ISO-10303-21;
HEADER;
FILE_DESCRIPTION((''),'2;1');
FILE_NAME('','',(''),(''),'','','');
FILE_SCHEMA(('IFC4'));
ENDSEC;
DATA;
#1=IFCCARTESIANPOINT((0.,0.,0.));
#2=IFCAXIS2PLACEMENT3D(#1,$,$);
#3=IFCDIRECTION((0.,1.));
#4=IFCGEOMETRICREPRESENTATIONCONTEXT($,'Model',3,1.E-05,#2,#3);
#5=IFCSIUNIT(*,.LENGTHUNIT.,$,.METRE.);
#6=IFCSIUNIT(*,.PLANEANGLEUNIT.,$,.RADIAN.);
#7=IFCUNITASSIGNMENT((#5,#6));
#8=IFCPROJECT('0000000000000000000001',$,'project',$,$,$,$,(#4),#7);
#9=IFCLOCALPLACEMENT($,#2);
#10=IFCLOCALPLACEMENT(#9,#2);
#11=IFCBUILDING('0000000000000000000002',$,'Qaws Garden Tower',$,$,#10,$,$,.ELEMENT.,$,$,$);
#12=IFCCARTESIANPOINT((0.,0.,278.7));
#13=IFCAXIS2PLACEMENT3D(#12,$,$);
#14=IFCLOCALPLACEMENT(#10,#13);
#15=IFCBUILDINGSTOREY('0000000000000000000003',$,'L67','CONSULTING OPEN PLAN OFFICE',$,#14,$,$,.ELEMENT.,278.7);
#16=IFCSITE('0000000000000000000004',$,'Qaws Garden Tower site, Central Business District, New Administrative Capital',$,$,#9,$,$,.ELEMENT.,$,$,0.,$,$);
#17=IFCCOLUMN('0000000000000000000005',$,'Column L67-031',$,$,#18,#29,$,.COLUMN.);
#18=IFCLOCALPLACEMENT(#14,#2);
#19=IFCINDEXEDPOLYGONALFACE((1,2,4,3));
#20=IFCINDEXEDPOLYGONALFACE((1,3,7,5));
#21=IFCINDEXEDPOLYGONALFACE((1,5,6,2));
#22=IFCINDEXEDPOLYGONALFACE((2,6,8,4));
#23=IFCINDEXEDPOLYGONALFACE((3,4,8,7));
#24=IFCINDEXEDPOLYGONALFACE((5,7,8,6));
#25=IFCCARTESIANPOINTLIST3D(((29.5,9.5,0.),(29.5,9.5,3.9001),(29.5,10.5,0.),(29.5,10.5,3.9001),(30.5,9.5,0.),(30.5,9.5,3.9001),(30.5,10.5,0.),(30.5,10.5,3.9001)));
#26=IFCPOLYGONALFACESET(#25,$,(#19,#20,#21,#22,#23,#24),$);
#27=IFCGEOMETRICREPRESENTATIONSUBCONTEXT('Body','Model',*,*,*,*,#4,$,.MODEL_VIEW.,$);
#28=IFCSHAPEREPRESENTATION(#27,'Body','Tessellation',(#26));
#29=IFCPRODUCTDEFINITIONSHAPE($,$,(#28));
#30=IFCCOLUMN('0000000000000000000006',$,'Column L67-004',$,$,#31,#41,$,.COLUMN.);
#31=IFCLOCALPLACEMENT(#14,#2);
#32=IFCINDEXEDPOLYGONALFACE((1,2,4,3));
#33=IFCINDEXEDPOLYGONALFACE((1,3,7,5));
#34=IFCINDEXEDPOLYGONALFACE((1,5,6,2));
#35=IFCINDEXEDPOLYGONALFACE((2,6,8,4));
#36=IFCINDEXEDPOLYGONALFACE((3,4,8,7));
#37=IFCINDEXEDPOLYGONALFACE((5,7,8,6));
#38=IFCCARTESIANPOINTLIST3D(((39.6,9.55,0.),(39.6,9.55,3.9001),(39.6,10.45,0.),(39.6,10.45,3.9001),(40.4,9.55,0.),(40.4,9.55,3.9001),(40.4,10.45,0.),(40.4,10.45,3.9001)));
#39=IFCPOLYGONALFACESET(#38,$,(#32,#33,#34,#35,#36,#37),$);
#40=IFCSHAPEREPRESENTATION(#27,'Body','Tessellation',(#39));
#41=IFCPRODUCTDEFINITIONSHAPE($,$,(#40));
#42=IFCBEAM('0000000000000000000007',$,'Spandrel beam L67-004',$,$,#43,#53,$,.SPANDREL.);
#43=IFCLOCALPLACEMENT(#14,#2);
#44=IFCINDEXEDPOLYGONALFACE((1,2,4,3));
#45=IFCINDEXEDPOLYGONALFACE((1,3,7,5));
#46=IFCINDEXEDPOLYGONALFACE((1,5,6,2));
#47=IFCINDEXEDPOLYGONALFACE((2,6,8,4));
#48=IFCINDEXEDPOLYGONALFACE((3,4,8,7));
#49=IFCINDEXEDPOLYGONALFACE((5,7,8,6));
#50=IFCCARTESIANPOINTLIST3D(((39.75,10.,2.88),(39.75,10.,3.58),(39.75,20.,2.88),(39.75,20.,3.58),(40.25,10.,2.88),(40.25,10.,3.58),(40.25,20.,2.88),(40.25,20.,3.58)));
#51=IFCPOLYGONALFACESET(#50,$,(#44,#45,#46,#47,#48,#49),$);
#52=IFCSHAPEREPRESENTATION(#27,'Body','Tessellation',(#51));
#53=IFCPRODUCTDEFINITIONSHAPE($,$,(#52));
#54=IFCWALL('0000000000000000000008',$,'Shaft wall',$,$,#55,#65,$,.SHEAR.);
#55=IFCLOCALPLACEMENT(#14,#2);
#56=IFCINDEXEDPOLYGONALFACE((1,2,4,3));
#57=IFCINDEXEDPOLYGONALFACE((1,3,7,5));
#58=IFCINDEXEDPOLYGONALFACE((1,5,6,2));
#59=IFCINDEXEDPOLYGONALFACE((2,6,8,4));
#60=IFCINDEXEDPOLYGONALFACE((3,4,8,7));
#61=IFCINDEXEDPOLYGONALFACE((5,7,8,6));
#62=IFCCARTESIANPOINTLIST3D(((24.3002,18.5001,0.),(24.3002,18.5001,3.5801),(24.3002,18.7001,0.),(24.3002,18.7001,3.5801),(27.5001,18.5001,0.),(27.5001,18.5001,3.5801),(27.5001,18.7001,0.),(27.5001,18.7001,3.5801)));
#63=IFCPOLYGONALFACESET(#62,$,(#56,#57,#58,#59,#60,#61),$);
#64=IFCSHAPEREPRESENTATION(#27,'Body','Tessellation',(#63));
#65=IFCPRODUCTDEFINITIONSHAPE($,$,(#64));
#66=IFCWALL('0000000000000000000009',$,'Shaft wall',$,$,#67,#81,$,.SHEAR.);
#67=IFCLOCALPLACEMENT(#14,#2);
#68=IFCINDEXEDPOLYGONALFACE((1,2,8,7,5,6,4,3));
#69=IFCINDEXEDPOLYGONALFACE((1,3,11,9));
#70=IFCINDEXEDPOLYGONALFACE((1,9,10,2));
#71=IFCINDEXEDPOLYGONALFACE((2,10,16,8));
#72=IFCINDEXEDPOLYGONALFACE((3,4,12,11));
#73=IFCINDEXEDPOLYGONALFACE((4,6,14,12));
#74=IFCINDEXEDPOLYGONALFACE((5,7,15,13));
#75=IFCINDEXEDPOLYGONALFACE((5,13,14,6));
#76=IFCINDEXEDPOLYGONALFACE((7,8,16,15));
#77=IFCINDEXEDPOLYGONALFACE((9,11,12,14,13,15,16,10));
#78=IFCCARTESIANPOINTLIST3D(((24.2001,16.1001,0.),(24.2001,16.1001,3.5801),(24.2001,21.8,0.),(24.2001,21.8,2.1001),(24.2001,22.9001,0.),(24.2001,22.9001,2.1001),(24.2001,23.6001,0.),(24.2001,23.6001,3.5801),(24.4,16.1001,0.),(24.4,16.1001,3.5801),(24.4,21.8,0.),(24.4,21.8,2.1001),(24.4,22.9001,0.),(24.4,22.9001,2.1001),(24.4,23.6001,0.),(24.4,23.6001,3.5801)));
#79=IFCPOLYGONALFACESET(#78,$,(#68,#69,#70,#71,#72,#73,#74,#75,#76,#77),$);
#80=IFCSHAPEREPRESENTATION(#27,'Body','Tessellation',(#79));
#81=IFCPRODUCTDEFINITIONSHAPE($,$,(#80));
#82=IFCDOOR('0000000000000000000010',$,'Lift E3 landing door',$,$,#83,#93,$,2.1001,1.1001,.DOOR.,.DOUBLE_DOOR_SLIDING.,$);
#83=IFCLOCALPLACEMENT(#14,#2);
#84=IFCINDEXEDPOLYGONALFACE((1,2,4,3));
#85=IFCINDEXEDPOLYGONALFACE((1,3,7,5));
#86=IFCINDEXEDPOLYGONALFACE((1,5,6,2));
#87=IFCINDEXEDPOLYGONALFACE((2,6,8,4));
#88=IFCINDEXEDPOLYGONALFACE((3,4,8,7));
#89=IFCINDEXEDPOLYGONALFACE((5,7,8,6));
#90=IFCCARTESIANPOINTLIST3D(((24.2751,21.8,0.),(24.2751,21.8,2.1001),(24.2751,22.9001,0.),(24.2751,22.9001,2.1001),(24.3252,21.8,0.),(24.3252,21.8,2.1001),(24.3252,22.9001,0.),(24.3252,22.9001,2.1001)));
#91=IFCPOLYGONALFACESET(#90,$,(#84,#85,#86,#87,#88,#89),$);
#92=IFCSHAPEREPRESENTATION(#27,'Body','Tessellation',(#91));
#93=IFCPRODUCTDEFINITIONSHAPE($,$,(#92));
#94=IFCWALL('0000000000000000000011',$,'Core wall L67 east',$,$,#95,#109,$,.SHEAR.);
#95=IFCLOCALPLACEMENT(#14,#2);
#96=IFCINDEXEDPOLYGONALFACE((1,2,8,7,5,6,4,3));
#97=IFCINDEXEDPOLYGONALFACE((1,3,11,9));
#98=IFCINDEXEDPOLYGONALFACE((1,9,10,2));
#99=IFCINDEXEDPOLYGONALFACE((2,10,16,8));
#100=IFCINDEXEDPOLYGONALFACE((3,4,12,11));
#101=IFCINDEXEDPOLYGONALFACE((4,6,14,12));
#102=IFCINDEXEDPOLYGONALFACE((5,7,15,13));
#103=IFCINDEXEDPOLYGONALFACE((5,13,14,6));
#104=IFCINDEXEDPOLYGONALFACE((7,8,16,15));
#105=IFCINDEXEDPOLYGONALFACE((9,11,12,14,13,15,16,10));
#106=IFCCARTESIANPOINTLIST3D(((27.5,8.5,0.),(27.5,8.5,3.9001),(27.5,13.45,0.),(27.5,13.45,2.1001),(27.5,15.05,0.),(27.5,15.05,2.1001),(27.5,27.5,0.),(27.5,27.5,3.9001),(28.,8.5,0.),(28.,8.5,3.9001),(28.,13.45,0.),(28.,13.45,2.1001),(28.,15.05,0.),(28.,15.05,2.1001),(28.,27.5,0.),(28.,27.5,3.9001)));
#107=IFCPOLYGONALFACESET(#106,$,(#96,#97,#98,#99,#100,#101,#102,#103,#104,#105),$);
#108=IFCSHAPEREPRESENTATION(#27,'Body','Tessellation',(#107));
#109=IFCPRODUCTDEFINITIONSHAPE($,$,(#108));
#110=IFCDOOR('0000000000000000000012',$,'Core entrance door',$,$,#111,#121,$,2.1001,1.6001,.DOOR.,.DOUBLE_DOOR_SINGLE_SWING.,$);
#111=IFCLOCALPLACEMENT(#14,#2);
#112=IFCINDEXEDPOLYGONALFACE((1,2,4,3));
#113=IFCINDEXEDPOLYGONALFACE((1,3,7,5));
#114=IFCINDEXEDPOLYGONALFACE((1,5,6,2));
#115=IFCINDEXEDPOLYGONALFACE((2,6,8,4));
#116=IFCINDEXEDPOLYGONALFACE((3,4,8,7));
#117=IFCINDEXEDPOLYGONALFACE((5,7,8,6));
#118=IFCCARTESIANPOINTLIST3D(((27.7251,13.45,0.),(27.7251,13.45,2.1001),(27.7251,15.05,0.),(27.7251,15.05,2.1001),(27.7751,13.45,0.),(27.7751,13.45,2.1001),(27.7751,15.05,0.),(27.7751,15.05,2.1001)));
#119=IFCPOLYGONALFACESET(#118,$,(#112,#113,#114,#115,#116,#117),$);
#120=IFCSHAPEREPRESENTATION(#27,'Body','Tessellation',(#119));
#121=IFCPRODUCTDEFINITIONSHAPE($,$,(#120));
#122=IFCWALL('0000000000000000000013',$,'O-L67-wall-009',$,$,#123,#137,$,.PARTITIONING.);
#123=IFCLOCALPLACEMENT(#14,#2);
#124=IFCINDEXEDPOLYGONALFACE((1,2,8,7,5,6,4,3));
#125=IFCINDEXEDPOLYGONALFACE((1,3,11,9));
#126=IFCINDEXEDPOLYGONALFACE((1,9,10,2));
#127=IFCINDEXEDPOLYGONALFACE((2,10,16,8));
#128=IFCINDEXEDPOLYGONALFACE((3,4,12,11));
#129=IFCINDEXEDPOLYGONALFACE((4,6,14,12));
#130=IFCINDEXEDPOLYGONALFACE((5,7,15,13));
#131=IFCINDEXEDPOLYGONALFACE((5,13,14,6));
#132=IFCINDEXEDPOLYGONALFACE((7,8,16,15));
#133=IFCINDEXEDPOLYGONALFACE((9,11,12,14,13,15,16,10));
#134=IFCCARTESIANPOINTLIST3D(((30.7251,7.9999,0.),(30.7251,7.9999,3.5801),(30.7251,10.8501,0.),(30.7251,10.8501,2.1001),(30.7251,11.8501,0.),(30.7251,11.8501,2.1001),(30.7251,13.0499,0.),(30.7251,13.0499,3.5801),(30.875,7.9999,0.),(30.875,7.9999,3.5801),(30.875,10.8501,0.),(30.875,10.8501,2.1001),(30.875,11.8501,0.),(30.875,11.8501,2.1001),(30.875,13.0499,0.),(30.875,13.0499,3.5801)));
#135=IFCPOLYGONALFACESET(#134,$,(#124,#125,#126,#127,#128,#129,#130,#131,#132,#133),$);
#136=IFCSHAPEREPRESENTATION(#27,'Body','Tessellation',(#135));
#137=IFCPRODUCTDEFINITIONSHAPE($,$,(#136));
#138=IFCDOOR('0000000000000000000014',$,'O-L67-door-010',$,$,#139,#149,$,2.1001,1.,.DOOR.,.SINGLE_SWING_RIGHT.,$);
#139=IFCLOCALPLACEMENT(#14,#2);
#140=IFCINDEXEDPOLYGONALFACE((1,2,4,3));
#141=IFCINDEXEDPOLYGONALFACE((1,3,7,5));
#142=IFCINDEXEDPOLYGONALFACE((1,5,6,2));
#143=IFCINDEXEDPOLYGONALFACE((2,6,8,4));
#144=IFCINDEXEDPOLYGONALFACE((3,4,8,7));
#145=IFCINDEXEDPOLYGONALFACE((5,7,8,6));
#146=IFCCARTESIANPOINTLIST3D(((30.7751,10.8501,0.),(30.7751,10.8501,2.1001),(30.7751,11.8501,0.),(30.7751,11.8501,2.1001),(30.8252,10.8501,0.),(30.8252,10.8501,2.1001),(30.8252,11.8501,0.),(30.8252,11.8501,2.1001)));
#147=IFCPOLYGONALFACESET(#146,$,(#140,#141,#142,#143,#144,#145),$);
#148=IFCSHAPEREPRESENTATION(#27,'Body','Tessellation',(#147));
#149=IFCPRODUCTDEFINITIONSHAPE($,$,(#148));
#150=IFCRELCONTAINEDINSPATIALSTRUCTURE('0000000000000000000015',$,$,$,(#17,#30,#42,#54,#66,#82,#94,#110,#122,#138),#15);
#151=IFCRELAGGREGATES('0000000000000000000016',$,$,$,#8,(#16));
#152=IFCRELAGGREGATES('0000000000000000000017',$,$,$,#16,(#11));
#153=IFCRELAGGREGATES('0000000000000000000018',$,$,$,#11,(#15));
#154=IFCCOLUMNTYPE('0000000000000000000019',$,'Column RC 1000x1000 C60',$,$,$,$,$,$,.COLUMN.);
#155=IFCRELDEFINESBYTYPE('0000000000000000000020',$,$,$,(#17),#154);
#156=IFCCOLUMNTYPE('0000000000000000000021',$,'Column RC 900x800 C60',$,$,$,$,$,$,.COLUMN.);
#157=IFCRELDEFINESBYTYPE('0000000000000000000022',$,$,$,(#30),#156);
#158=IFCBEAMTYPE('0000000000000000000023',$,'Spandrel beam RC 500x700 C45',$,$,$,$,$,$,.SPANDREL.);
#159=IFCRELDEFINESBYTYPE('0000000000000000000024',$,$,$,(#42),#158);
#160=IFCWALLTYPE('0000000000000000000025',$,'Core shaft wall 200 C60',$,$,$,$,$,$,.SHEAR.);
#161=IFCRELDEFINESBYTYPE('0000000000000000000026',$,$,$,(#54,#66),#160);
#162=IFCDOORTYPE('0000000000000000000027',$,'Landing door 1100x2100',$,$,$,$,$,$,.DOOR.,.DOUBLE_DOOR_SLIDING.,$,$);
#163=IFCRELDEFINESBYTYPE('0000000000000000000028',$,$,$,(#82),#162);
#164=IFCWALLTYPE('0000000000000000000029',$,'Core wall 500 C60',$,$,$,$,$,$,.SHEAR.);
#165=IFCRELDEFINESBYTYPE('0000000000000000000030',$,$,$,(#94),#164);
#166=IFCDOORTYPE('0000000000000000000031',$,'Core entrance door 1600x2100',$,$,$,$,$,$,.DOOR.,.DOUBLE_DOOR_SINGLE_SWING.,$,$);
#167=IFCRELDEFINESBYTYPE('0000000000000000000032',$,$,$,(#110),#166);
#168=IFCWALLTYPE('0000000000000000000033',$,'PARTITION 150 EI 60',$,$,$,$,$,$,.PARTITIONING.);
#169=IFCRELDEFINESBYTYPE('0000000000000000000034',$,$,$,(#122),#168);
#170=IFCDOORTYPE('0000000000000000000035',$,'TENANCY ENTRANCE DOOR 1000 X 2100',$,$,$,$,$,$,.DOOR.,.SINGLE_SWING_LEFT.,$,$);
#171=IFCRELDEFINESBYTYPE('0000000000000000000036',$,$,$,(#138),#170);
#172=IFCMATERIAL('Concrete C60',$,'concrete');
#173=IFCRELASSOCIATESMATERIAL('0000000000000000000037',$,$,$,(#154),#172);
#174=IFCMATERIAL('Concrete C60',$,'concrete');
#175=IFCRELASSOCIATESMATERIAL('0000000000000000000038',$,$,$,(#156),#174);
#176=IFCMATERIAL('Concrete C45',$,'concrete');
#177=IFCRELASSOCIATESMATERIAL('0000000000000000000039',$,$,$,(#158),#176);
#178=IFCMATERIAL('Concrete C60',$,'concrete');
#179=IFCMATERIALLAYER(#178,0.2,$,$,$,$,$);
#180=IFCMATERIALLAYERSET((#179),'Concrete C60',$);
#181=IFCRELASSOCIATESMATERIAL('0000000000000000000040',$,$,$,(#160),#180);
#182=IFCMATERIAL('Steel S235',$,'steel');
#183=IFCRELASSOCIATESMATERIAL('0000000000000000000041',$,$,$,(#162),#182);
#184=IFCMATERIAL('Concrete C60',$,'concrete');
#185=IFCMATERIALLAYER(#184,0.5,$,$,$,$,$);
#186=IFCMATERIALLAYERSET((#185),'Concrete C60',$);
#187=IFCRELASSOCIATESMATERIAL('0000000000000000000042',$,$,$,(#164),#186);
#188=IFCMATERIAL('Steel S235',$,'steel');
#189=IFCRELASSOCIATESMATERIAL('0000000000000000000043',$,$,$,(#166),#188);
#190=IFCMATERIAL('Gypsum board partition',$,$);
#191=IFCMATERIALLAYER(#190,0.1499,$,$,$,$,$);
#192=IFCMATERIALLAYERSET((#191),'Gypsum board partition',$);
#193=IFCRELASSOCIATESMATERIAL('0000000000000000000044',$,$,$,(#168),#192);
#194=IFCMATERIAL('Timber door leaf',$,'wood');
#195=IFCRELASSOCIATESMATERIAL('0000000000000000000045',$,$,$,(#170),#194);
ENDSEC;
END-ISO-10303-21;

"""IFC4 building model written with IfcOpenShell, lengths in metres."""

from ifc_helpers import new_model, si_unit, direction, frame, frame_2d, origin, origin_2d, place, context, subcontext, project, spatial, rectangle, extrude, material, layer, layer_set, material_profile, profile_set, type_object, element, fill, save


model = new_model("IFC4")

# Units and contexts
model_context = context("Model", 3, precision=1e-05, world=origin(), true_north=direction((0.0, 1.0)))
body_context = subcontext(model_context, "Body", "Model", "MODEL_VIEW")
ifc_project = project(units=[si_unit("LENGTHUNIT", "METRE"), si_unit("PLANEANGLEUNIT", "RADIAN")], contexts=[model_context])

# Site, building, storey
site_placement = place(None, origin())
site = spatial("IfcSite", under=ifc_project, at=site_placement, Name="Qaws Garden Tower site, Central Business District, New Administrative Capital", CompositionType="ELEMENT", RefElevation=0.0)
building_placement = place(site_placement, origin())
building = spatial("IfcBuilding", under=site, at=building_placement, Name="Qaws Garden Tower", CompositionType="ELEMENT")
storey_placement = place(building_placement, frame((0.0, 0.0, 278.7)))
storey = spatial("IfcBuildingStorey", under=building, at=storey_placement, Name="L67", Description="CONSULTING OPEN PLAN OFFICE", CompositionType="ELEMENT", Elevation=278.7)

# Columns
ifc_material_1 = material(Name="Concrete C60", Category="concrete")
ifc_material_profile_1 = material_profile(ifc_material_1, rectangle(XDim=1.0, YDim=1.0, at=origin_2d()), Name="RC 1000x1000")
ifc_profile_set_1 = profile_set([ifc_material_profile_1], Name="Concrete C60")
column_type_1 = type_object("IfcColumnType", Name="Column RC 1000x1000 C60", PredefinedType="COLUMN", material=ifc_profile_set_1)
column_1_placement = place(storey_placement, frame((30.0, 10.0, 0.0), z_axis=(0.0, 0.0, 1.0), x_axis=(1.0, 0.0, 0.0)))
element("IfcColumn", 1, at=column_1_placement, inside=storey, type_object=column_type_1, Name="Column L67-031", PredefinedType="COLUMN", context=body_context, shape_type="SweptSolid", body=[
    extrude(rectangle(XDim=1.0, YDim=1.0, at=origin_2d()), origin(), (0.0, 0.0, 1.0), 3.9001),
])
ifc_material_2 = material(Name="Concrete C60", Category="concrete")
ifc_material_profile_2 = material_profile(ifc_material_2, rectangle(XDim=0.8999, YDim=0.8, at=origin_2d()), Name="RC 900x800")
ifc_profile_set_2 = profile_set([ifc_material_profile_2], Name="Concrete C60")
column_type_2 = type_object("IfcColumnType", Name="Column RC 900x800 C60", PredefinedType="COLUMN", material=ifc_profile_set_2)
column_2_placement = place(storey_placement, frame((40.0, 10.0, 0.0), z_axis=(0.0, 0.0, 1.0), x_axis=(0.0, 1.0, 0.0)))
element("IfcColumn", 2, at=column_2_placement, inside=storey, type_object=column_type_2, Name="Column L67-004", PredefinedType="COLUMN", context=body_context, shape_type="SweptSolid", body=[
    extrude(rectangle(XDim=0.8999, YDim=0.8, at=origin_2d()), origin(), (0.0, 0.0, 1.0), 3.9001),
])

# Beam
ifc_material_3 = material(Name="Concrete C45", Category="concrete")
ifc_material_profile_3 = material_profile(ifc_material_3, rectangle(XDim=0.5, YDim=0.7, at=origin_2d()), Name="RC 500x700")
ifc_profile_set_3 = profile_set([ifc_material_profile_3], Name="Concrete C45")
beam_type = type_object("IfcBeamType", Name="Spandrel beam RC 500x700 C45", PredefinedType="SPANDREL", material=ifc_profile_set_3)
beam_placement = place(storey_placement, frame((40.0, 10.0, 3.23), z_axis=(0.0, 1.0, 0.0), x_axis=(-1.0, 0.0, 0.0)))
element("IfcBeam", 3, at=beam_placement, inside=storey, type_object=beam_type, Name="Spandrel beam L67-004", PredefinedType="SPANDREL", context=body_context, shape_type="SweptSolid", body=[
    extrude(rectangle(XDim=0.5, YDim=0.7, at=origin_2d()), origin(), (0.0, 0.0, 1.0), 10.0),
])

# Wall
ifc_material_4 = material(Name="Concrete C60", Category="concrete")
ifc_layer_1 = layer(ifc_material_4, 0.2)
ifc_layer_set_1 = layer_set([ifc_layer_1], Name="Concrete C60")
wall_type_1 = type_object("IfcWallType", Name="Core shaft wall 200 C60", PredefinedType="SHEAR", material=ifc_layer_set_1)
wall_1_placement = place(storey_placement, frame((24.3, 18.6001, 0.0), z_axis=(0.0, 0.0, 1.0), x_axis=(1.0, 0.0, 0.0)))
element("IfcWall", 4, at=wall_1_placement, inside=storey, type_object=wall_type_1, Name="Shaft wall", PredefinedType="SHEAR", context=body_context, shape_type="SweptSolid", body=[
    extrude(rectangle(XDim=3.2, YDim=0.2, at=frame_2d((1.6001, 0.0))), origin(), (0.0, 0.0, 1.0), 3.5801),
])

# Walls, openings, doors
wall_2_placement = place(storey_placement, frame((24.3, 16.1001, 0.0), z_axis=(0.0, 0.0, 1.0), x_axis=(0.0, 1.0, 0.0)))
wall_2 = element("IfcWall", 5, at=wall_2_placement, inside=storey, type_object=wall_type_1, Name="Shaft wall", PredefinedType="SHEAR", context=body_context, shape_type="SweptSolid", body=[
    extrude(rectangle(XDim=7.5, YDim=0.2, at=frame_2d((3.75, 0.0))), origin(), (0.0, 0.0, 1.0), 3.5801),
])
opening_1_placement = place(wall_2_placement, frame((5.7, 0.0, 0.0)))
opening_1 = element("IfcOpeningElement", 6, at=opening_1_placement, cuts=wall_2, PredefinedType="OPENING", context=body_context, shape_type="SweptSolid", body=[
    extrude(rectangle(XDim=1.1001, YDim=2.1001, at=frame_2d((0.55, 1.05))), frame((0.0, 0.1099, 0.0), z_axis=(0.0, -1.0, 0.0), x_axis=(1.0, 0.0, 0.0)), (0.0, 0.0, 1.0), 0.22),
])
ifc_material_5 = material(Name="Steel S235", Category="steel")
door_type_1 = type_object("IfcDoorType", Name="Landing door 1100x2100", OperationType="DOUBLE_DOOR_SLIDING", PredefinedType="DOOR", material=ifc_material_5)
door_1_placement = place(opening_1_placement, origin())
door_1 = element("IfcDoor", 7, at=door_1_placement, inside=storey, type_object=door_type_1, Name="Lift E3 landing door", OperationType="DOUBLE_DOOR_SLIDING", OverallHeight=2.1001, OverallWidth=1.1001, PredefinedType="DOOR", context=body_context, shape_type="SweptSolid", body=[
    extrude(rectangle(XDim=1.1001, YDim=2.1001, at=frame_2d((0.55, 1.05))), frame((0.0, 0.0249, 0.0), z_axis=(0.0, -1.0, 0.0), x_axis=(1.0, 0.0, 0.0)), (0.0, 0.0, 1.0), 0.05),
])
fill(opening_1, door_1)
ifc_material_6 = material(Name="Concrete C60", Category="concrete")
ifc_layer_2 = layer(ifc_material_6, 0.5)
ifc_layer_set_2 = layer_set([ifc_layer_2], Name="Concrete C60")
wall_type_2 = type_object("IfcWallType", Name="Core wall 500 C60", PredefinedType="SHEAR", material=ifc_layer_set_2)
wall_3_placement = place(storey_placement, frame((27.75, 8.5, 0.0), z_axis=(0.0, 0.0, 1.0), x_axis=(0.0, 1.0, 0.0)))
wall_3 = element("IfcWall", 8, at=wall_3_placement, inside=storey, type_object=wall_type_2, Name="Core wall L67 east", PredefinedType="SHEAR", context=body_context, shape_type="SweptSolid", body=[
    extrude(rectangle(XDim=19.0, YDim=0.5, at=frame_2d((9.5, 0.0))), origin(), (0.0, 0.0, 1.0), 3.9001),
])
opening_2_placement = place(wall_3_placement, frame((4.95, 0.0, 0.0)))
opening_2 = element("IfcOpeningElement", 9, at=opening_2_placement, cuts=wall_3, PredefinedType="OPENING", context=body_context, shape_type="SweptSolid", body=[
    extrude(rectangle(XDim=1.6001, YDim=2.1001, at=frame_2d((0.8, 1.05))), frame((0.0, 0.26, 0.0), z_axis=(0.0, -1.0, 0.0), x_axis=(1.0, 0.0, 0.0)), (0.0, 0.0, 1.0), 0.52),
])
ifc_material_7 = material(Name="Steel S235", Category="steel")
door_type_2 = type_object("IfcDoorType", Name="Core entrance door 1600x2100", OperationType="DOUBLE_DOOR_SINGLE_SWING", PredefinedType="DOOR", material=ifc_material_7)
door_2_placement = place(opening_2_placement, origin())
door_2 = element("IfcDoor", 10, at=door_2_placement, inside=storey, type_object=door_type_2, Name="Core entrance door", OperationType="DOUBLE_DOOR_SINGLE_SWING", OverallHeight=2.1001, OverallWidth=1.6001, PredefinedType="DOOR", context=body_context, shape_type="SweptSolid", body=[
    extrude(rectangle(XDim=1.6001, YDim=2.1001, at=frame_2d((0.8, 1.05))), frame((0.0, 0.0249, 0.0), z_axis=(0.0, -1.0, 0.0), x_axis=(1.0, 0.0, 0.0)), (0.0, 0.0, 1.0), 0.05),
])
fill(opening_2, door_2)
ifc_material_8 = material(Name="Gypsum board partition")
ifc_layer_3 = layer(ifc_material_8, 0.1499)
ifc_layer_set_3 = layer_set([ifc_layer_3], Name="Gypsum board partition")
wall_type_3 = type_object("IfcWallType", Name="PARTITION 150 EI 60", PredefinedType="PARTITIONING", material=ifc_layer_set_3)
wall_4_placement = place(storey_placement, frame((30.8, 8.0, 0.0), z_axis=(0.0, 0.0, 1.0), x_axis=(0.0, 1.0, 0.0)))
wall_4 = element("IfcWall", 11, at=wall_4_placement, inside=storey, type_object=wall_type_3, Name="O-L67-wall-009", PredefinedType="PARTITIONING", context=body_context, shape_type="SweptSolid", body=[
    extrude(rectangle(XDim=5.05, YDim=0.1499, at=frame_2d((2.5249, 0.0))), origin(), (0.0, 0.0, 1.0), 3.5801),
])
opening_3_placement = place(wall_4_placement, frame((2.8501, 0.0, 0.0)))
opening_3 = element("IfcOpeningElement", 12, at=opening_3_placement, cuts=wall_4, PredefinedType="OPENING", context=body_context, shape_type="SweptSolid", body=[
    extrude(rectangle(XDim=1.0, YDim=2.1001, at=frame_2d((0.5, 1.05))), frame((0.0, 0.085, 0.0), z_axis=(0.0, -1.0, 0.0), x_axis=(1.0, 0.0, 0.0)), (0.0, 0.0, 1.0), 0.1699),
])
ifc_material_9 = material(Name="Timber door leaf", Category="wood")
door_type_3 = type_object("IfcDoorType", Name="TENANCY ENTRANCE DOOR 1000 X 2100", OperationType="SINGLE_SWING_LEFT", PredefinedType="DOOR", material=ifc_material_9)
door_3_placement = place(opening_3_placement, origin())
door_3 = element("IfcDoor", 13, at=door_3_placement, inside=storey, type_object=door_type_3, Name="O-L67-door-010", OperationType="SINGLE_SWING_RIGHT", OverallHeight=2.1001, OverallWidth=1.0, PredefinedType="DOOR", context=body_context, shape_type="SweptSolid", body=[
    extrude(rectangle(XDim=1.0, YDim=2.1001, at=frame_2d((0.5, 1.05))), frame((0.0, 0.0249, 0.0), z_axis=(0.0, -1.0, 0.0), x_axis=(1.0, 0.0, 0.0)), (0.0, 0.0, 1.0), 0.05),
])
fill(opening_3, door_3)

save(model, "model.ifc")
